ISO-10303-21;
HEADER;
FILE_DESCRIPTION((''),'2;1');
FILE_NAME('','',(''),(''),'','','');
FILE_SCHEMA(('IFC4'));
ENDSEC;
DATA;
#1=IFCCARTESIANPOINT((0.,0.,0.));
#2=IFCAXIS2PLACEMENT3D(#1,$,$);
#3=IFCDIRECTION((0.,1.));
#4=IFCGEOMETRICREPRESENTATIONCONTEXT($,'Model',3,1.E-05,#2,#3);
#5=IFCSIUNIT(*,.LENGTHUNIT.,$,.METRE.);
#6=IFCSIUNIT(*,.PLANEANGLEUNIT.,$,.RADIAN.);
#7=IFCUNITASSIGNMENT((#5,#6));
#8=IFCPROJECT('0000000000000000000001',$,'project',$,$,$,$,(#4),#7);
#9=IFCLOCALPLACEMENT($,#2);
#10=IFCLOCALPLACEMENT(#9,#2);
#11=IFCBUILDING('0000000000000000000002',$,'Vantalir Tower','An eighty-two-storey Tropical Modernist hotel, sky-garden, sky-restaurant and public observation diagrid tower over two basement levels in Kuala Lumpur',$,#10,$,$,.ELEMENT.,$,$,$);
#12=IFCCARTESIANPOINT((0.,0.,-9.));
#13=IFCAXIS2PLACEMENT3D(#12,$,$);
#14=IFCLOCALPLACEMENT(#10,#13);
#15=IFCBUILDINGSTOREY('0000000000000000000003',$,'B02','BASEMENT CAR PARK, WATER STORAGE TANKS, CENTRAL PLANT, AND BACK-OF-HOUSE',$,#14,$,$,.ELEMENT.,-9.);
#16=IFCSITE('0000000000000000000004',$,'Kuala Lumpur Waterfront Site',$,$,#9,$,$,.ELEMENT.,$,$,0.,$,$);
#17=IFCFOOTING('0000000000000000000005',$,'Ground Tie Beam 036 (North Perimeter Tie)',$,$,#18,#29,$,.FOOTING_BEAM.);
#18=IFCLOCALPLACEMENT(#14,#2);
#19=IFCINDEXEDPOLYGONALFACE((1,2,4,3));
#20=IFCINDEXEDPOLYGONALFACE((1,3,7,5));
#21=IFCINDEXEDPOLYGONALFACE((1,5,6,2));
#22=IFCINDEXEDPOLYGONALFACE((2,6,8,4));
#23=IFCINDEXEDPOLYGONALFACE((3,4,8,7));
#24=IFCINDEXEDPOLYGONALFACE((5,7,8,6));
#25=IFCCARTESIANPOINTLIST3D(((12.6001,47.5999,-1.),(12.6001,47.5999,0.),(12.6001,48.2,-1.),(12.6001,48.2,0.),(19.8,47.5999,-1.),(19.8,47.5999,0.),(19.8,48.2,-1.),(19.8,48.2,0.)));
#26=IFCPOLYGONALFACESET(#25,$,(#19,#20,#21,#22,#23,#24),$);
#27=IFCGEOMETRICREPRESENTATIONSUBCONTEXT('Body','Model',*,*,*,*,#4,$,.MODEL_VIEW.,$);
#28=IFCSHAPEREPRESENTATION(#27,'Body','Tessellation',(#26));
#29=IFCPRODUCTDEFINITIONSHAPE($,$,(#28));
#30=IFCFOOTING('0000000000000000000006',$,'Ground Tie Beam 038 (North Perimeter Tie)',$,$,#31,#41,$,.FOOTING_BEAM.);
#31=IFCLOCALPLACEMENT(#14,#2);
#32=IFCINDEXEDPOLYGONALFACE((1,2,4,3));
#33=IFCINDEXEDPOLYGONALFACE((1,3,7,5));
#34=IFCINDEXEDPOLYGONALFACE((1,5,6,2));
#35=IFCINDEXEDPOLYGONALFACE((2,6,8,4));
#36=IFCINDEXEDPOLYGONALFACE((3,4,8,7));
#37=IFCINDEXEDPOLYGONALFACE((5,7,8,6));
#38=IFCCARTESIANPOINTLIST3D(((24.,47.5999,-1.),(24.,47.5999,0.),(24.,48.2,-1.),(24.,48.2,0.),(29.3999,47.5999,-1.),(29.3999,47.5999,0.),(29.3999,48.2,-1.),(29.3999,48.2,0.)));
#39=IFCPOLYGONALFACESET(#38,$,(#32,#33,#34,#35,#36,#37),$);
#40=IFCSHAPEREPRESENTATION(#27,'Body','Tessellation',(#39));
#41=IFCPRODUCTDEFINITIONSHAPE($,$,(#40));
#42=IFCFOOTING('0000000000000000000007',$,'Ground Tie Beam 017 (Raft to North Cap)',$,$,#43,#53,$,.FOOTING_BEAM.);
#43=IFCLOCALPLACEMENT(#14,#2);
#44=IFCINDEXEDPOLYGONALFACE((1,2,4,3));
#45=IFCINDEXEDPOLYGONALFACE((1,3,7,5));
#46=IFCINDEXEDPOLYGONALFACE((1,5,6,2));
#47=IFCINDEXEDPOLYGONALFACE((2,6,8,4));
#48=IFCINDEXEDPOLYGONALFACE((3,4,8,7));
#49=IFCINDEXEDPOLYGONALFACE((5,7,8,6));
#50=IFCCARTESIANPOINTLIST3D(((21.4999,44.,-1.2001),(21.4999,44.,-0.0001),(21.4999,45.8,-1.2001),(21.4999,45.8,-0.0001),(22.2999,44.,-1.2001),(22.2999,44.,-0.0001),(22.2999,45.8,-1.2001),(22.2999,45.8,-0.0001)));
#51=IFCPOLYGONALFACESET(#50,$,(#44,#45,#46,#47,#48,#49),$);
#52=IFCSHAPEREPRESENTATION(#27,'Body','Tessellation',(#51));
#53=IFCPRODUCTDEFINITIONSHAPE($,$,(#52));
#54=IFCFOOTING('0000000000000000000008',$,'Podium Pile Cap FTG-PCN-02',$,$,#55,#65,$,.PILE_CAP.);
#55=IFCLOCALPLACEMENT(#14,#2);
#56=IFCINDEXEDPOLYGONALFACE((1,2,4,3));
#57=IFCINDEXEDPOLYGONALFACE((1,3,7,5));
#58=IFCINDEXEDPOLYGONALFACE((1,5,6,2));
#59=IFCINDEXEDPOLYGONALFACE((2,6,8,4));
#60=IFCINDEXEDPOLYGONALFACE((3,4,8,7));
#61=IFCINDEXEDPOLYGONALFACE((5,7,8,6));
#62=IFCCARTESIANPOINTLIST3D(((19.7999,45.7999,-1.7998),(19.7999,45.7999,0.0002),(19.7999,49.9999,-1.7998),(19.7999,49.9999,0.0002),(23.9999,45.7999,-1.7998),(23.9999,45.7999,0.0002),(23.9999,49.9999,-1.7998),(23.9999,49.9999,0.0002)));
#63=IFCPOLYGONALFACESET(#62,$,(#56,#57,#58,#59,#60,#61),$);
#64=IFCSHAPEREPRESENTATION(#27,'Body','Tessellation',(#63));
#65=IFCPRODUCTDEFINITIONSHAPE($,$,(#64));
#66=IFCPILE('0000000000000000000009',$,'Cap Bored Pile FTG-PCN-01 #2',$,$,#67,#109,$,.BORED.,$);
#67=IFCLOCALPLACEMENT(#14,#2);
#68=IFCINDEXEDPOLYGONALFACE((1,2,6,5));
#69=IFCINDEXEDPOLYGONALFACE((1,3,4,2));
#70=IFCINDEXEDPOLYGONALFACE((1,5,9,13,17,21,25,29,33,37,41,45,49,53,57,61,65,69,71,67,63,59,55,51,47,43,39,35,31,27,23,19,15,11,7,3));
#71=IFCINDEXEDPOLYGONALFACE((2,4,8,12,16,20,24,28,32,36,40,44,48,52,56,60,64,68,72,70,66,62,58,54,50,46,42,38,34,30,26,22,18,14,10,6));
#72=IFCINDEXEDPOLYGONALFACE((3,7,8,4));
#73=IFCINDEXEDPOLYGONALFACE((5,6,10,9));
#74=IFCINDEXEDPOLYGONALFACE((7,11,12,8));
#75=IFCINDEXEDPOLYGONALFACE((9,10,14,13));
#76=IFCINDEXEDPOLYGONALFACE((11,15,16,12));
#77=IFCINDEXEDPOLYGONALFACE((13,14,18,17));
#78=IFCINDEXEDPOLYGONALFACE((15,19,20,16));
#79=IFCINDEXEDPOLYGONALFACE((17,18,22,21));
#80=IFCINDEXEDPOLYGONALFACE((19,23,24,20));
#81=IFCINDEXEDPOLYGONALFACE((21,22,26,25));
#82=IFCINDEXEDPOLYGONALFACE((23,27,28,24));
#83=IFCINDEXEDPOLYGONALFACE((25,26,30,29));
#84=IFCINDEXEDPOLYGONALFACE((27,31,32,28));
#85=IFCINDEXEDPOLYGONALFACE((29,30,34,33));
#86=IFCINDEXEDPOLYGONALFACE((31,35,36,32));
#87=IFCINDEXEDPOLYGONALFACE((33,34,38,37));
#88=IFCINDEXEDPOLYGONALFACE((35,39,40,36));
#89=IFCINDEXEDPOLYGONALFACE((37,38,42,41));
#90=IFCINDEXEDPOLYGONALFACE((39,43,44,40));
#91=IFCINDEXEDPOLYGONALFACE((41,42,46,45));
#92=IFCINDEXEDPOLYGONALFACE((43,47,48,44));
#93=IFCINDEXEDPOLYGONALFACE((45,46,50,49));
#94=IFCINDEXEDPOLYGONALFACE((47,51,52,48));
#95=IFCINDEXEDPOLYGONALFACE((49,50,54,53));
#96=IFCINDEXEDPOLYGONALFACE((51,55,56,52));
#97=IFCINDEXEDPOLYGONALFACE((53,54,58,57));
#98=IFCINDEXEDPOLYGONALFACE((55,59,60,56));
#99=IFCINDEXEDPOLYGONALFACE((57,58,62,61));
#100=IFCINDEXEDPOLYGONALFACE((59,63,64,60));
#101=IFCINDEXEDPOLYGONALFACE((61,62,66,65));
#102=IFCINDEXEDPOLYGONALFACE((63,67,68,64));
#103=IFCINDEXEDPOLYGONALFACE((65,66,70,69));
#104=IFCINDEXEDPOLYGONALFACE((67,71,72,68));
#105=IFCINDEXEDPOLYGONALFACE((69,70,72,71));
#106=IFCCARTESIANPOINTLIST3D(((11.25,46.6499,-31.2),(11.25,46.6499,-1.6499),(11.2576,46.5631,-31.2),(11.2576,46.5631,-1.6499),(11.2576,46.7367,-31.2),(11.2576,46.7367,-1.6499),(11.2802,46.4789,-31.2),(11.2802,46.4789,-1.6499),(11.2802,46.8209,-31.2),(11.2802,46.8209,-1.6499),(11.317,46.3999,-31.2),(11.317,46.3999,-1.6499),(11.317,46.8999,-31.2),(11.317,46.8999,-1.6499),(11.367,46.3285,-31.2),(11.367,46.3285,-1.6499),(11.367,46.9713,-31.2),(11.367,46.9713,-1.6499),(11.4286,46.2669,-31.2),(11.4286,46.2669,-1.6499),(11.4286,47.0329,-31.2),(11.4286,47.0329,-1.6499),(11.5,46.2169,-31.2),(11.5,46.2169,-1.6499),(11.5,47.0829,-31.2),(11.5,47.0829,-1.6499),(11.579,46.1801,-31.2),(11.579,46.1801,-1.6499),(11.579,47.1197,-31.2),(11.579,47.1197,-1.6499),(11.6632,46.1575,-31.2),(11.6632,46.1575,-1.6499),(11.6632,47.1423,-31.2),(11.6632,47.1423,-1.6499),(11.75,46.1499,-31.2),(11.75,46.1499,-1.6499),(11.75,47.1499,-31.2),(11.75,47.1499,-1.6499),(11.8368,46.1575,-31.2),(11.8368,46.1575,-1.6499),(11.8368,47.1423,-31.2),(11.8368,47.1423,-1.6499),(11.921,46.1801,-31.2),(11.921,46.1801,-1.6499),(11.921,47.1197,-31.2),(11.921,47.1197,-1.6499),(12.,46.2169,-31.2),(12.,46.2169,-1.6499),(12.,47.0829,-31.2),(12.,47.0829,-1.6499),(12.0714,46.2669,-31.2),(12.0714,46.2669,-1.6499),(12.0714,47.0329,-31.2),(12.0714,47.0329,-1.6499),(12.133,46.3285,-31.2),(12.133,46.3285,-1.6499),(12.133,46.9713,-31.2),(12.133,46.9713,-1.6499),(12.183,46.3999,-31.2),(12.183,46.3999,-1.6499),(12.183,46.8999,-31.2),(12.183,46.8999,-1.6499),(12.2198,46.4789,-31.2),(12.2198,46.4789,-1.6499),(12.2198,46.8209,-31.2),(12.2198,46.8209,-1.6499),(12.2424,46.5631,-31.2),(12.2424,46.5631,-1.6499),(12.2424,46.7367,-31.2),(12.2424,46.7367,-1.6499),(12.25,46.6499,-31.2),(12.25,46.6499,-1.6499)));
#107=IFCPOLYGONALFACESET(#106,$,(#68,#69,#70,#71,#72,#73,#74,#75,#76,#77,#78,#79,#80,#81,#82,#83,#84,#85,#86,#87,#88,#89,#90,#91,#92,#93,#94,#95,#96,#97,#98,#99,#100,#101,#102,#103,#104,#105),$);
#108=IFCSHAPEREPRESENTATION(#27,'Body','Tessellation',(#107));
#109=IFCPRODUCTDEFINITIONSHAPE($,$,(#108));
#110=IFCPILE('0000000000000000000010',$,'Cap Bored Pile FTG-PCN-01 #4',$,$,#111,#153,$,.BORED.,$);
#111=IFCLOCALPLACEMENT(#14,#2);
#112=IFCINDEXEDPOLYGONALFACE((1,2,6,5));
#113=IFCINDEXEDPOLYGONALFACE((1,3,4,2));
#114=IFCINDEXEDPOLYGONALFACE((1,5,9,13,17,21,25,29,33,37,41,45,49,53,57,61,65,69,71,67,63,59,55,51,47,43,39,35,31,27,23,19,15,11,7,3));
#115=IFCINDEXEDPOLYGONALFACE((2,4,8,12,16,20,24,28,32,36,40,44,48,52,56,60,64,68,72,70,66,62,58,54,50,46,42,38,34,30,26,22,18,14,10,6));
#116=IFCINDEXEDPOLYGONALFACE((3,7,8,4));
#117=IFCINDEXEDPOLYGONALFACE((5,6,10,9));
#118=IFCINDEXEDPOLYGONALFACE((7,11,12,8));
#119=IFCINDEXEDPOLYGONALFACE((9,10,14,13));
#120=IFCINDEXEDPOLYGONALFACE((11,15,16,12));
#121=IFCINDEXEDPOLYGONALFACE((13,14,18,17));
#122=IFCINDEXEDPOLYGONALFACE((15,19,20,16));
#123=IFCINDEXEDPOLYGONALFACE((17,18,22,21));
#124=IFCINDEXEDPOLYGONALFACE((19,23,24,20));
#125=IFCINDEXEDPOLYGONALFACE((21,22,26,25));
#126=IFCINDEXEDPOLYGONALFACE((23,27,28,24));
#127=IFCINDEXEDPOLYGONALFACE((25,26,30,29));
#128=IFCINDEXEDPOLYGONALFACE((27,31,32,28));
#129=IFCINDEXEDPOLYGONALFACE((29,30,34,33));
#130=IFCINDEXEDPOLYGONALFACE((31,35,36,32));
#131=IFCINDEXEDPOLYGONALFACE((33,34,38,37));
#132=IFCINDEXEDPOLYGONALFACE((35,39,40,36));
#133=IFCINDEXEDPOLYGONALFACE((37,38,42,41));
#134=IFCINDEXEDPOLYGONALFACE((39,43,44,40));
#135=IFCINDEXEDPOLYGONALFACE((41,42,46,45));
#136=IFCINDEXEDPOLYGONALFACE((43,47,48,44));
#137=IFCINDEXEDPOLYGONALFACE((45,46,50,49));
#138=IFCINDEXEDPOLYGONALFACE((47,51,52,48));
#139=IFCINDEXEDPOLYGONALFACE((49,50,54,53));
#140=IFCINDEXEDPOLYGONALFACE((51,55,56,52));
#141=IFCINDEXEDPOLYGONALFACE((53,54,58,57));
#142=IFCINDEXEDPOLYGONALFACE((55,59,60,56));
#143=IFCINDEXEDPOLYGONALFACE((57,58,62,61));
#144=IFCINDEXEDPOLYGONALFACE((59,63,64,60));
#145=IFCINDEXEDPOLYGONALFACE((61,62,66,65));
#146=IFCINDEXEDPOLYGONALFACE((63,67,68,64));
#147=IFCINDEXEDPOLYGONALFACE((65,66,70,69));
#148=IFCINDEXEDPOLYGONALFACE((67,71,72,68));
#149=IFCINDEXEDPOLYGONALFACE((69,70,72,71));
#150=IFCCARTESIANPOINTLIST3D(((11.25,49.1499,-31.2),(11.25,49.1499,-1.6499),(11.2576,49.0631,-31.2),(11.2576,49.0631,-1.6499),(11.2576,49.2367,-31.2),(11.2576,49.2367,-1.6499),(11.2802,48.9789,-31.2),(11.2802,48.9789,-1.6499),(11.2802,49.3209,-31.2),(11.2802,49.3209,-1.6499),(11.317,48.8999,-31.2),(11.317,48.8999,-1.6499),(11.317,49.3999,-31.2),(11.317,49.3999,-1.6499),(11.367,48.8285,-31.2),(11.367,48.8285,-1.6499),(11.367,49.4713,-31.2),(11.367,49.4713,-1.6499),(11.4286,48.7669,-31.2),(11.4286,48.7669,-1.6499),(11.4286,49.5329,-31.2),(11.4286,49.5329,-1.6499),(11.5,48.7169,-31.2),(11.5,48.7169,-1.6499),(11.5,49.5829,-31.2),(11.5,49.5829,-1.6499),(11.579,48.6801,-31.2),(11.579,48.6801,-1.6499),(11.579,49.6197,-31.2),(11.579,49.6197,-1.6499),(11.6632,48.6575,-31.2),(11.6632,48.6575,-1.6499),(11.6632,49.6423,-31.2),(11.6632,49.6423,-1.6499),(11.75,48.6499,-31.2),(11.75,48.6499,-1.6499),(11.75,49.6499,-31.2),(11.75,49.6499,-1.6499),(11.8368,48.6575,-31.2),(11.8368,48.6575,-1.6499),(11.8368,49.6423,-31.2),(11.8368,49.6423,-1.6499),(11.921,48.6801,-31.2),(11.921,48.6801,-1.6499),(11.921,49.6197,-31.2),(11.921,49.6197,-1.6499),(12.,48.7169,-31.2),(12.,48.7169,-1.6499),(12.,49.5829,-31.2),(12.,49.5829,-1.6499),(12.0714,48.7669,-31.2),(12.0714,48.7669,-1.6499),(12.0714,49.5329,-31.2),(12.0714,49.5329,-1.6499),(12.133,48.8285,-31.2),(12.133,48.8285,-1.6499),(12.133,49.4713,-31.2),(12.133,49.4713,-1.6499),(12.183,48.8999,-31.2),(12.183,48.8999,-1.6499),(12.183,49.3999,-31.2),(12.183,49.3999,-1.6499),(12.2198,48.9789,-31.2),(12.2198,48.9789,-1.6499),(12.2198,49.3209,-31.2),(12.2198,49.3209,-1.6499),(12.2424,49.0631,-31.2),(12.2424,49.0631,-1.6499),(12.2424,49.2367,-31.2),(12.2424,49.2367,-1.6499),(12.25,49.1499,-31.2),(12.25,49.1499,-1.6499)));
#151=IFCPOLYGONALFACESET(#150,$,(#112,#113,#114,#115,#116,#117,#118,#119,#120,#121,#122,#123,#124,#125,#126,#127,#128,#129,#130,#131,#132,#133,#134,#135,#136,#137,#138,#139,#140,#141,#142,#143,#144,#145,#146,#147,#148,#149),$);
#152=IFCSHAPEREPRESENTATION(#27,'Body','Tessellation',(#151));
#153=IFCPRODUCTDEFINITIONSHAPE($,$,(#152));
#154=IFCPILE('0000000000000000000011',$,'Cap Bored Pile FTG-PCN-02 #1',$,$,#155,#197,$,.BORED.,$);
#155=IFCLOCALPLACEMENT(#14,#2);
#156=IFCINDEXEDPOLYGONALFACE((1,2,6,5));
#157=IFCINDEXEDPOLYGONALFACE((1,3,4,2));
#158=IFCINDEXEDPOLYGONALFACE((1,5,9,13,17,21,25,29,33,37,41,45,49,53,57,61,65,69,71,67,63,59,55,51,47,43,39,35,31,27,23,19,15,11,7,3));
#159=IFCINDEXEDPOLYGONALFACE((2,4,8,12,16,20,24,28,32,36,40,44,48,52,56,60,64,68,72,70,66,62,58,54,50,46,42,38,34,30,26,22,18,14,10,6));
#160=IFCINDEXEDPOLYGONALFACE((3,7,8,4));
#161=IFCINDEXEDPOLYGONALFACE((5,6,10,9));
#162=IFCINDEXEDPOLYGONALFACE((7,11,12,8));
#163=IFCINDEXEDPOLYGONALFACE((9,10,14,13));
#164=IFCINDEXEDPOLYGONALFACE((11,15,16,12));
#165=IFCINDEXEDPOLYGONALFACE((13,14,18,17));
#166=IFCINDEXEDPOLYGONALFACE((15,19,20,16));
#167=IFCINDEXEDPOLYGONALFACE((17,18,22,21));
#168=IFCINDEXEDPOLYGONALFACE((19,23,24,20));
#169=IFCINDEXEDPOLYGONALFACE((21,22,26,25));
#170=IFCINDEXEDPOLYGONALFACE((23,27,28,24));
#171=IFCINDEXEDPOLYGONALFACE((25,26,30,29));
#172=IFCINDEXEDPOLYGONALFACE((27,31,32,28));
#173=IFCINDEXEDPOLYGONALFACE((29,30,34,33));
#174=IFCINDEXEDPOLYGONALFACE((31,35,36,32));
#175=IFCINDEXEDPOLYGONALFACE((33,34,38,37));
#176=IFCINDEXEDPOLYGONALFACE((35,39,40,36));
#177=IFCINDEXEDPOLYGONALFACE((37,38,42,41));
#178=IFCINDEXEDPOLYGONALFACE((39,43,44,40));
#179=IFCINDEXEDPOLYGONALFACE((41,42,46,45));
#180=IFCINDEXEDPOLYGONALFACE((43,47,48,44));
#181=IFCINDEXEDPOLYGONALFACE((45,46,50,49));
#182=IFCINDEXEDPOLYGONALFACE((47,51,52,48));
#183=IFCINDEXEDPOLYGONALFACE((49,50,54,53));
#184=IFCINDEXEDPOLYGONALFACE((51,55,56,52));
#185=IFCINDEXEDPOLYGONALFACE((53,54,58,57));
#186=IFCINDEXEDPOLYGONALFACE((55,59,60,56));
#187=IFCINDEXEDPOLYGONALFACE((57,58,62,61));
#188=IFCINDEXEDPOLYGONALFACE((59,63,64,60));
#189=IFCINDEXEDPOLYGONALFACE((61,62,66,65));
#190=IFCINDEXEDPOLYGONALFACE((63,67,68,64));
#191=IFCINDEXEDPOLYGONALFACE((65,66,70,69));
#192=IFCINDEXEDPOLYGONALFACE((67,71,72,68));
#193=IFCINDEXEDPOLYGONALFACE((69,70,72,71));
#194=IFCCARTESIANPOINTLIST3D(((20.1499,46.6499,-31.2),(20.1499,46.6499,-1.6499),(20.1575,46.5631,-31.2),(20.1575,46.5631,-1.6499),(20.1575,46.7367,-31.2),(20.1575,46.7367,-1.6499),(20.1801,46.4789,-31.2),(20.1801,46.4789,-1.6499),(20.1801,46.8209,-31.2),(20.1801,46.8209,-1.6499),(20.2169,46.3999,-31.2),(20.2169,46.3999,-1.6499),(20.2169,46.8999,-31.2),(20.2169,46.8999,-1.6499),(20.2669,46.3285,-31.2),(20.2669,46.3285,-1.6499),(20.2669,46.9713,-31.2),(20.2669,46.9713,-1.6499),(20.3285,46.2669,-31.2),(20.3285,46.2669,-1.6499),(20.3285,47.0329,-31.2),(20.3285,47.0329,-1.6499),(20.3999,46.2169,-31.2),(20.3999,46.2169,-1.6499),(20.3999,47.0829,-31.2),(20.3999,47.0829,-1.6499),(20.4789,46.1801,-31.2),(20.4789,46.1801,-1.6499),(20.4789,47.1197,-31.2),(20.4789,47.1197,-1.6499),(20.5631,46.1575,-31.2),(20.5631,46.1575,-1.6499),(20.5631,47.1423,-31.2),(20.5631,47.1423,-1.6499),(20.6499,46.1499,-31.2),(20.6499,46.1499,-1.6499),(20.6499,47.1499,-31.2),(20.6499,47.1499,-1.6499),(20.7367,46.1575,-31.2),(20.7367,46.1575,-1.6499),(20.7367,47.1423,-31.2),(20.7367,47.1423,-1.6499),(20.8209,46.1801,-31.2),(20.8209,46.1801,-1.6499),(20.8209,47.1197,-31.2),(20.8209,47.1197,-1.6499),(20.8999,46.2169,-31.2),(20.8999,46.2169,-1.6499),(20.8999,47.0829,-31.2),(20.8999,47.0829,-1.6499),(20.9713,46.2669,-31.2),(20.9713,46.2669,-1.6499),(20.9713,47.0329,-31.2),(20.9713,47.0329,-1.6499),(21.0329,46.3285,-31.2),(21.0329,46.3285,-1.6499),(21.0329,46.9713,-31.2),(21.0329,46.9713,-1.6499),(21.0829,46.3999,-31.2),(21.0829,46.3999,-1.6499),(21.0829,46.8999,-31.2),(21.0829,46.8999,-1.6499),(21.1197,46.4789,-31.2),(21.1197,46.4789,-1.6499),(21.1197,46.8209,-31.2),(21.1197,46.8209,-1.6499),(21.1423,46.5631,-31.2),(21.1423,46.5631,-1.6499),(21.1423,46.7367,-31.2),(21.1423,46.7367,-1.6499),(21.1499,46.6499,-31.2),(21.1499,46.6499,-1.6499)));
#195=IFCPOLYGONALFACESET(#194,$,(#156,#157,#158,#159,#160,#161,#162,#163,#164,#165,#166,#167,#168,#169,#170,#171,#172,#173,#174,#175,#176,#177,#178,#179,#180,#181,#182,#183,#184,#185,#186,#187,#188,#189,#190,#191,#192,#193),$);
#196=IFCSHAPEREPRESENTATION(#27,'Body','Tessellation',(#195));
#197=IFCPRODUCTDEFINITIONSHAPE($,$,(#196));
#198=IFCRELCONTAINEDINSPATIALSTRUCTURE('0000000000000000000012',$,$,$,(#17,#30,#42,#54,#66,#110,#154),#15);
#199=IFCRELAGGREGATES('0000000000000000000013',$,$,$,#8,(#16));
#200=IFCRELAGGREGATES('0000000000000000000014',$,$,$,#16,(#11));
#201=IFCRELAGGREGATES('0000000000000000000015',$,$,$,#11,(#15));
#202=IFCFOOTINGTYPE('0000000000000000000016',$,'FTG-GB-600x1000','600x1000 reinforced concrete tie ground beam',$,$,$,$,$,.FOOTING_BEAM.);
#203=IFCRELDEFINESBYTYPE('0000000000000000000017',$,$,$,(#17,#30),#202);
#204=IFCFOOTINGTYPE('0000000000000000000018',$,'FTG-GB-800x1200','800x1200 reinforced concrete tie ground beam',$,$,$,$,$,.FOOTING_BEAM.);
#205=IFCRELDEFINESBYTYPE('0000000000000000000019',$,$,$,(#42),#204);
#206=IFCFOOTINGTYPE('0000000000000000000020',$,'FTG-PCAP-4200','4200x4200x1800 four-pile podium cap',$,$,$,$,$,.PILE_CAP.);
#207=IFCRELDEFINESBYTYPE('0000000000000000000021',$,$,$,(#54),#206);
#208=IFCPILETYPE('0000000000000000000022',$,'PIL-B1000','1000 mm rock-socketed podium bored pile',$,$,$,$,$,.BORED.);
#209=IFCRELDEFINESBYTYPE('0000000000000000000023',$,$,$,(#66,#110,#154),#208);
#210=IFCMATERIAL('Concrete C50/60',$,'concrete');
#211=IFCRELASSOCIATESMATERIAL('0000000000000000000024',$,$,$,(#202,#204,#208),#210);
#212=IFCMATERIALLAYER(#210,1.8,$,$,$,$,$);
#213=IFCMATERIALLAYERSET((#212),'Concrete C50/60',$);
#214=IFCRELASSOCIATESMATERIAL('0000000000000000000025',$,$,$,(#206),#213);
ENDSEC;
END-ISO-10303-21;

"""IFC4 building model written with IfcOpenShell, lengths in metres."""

from ifc_helpers import new_model, si_unit, direction, frame, origin, origin_2d, place, context, subcontext, project, spatial, rectangle, circle, extrude, material, layer, layer_set, material_profile, profile_set, type_object, element, save


model = new_model("IFC4")

# Units and contexts
model_context = context("Model", 3, precision=1e-05, world=origin(), true_north=direction((0.0, 1.0)))
body_context = subcontext(model_context, "Body", "Model", "MODEL_VIEW")
ifc_project = project(units=[si_unit("LENGTHUNIT", "METRE"), si_unit("PLANEANGLEUNIT", "RADIAN")], contexts=[model_context])

# Site, building, storey
site_placement = place(None, origin())
site = spatial("IfcSite", under=ifc_project, at=site_placement, Name="Kuala Lumpur Waterfront Site", CompositionType="ELEMENT", RefElevation=0.0)
building_placement = place(site_placement, origin())
building = spatial("IfcBuilding", under=site, at=building_placement, Name="Vantalir Tower", Description="An eighty-two-storey Tropical Modernist hotel, sky-garden, sky-restaurant and public observation diagrid tower over two basement levels in Kuala Lumpur", CompositionType="ELEMENT")
storey_placement = place(building_placement, frame((0.0, 0.0, -9.0)))
storey = spatial("IfcBuildingStorey", under=building, at=storey_placement, Name="B02", Description="BASEMENT CAR PARK, WATER STORAGE TANKS, CENTRAL PLANT, AND BACK-OF-HOUSE", CompositionType="ELEMENT", Elevation=-9.0)

# Footings
ifc_material_1 = material(Name="Concrete C50/60", Category="concrete")
ifc_material_profile_1 = material_profile(ifc_material_1, rectangle(XDim=0.6001, YDim=1.0, at=origin_2d()), Name="Concrete C50/60")
ifc_profile_set_1 = profile_set([ifc_material_profile_1], Name="Concrete C50/60")
footing_type_1 = type_object("IfcFootingType", Name="FTG-GB-600x1000", Description="600x1000 reinforced concrete tie ground beam", PredefinedType="FOOTING_BEAM", material=ifc_profile_set_1)
footing_1_placement = place(storey_placement, frame((12.6001, 47.8999, -0.5), z_axis=(1.0, 0.0, 0.0), x_axis=(0.0, 1.0, 0.0)))
element("IfcFooting", 1, at=footing_1_placement, inside=storey, type_object=footing_type_1, Name="Ground Tie Beam 036 (North Perimeter Tie)", PredefinedType="FOOTING_BEAM", context=body_context, shape_type="SweptSolid", body=[
    extrude(rectangle(XDim=0.6001, YDim=1.0, at=origin_2d()), origin(), (0.0, 0.0, 1.0), 7.2),
])
footing_2_placement = place(storey_placement, frame((24.0, 47.8999, -0.5), z_axis=(1.0, 0.0, 0.0), x_axis=(0.0, 1.0, 0.0)))
element("IfcFooting", 2, at=footing_2_placement, inside=storey, type_object=footing_type_1, Name="Ground Tie Beam 038 (North Perimeter Tie)", PredefinedType="FOOTING_BEAM", context=body_context, shape_type="SweptSolid", body=[
    extrude(rectangle(XDim=0.6001, YDim=1.0, at=origin_2d()), origin(), (0.0, 0.0, 1.0), 5.3999),
])
ifc_material_profile_2 = material_profile(ifc_material_1, rectangle(XDim=0.8, YDim=1.2, at=origin_2d()), Name="Concrete C50/60")
ifc_profile_set_2 = profile_set([ifc_material_profile_2], Name="Concrete C50/60")
footing_type_2 = type_object("IfcFootingType", Name="FTG-GB-800x1200", Description="800x1200 reinforced concrete tie ground beam", PredefinedType="FOOTING_BEAM", material=ifc_profile_set_2)
footing_3_placement = place(storey_placement, frame((21.8999, 44.0, -0.6001), z_axis=(0.0, 1.0, 0.0), x_axis=(-1.0, 0.0, 0.0)))
element("IfcFooting", 3, at=footing_3_placement, inside=storey, type_object=footing_type_2, Name="Ground Tie Beam 017 (Raft to North Cap)", PredefinedType="FOOTING_BEAM", context=body_context, shape_type="SweptSolid", body=[
    extrude(rectangle(XDim=0.8, YDim=1.2, at=origin_2d()), origin(), (0.0, 0.0, 1.0), 1.8),
])
ifc_layer = layer(ifc_material_1, 1.8)
ifc_layer_set = layer_set([ifc_layer], Name="Concrete C50/60")
footing_type_3 = type_object("IfcFootingType", Name="FTG-PCAP-4200", Description="4200x4200x1800 four-pile podium cap", PredefinedType="PILE_CAP", material=ifc_layer_set)
footing_4_placement = place(storey_placement, frame((21.8999, 47.8999, -1.7998), z_axis=(0.0, 0.0, 1.0), x_axis=(1.0, 0.0, 0.0)))
element("IfcFooting", 4, at=footing_4_placement, inside=storey, type_object=footing_type_3, Name="Podium Pile Cap FTG-PCN-02", PredefinedType="PILE_CAP", context=body_context, shape_type="SweptSolid", body=[
    extrude(rectangle(XDim=4.2, YDim=4.2, at=origin_2d()), origin(), (0.0, 0.0, 1.0), 1.8),
])

# Piles
ifc_material_profile_3 = material_profile(ifc_material_1, circle(Radius=0.5, at=origin_2d()), Name="Concrete C50/60")
ifc_profile_set_3 = profile_set([ifc_material_profile_3], Name="Concrete C50/60")
pile_type_1 = type_object("IfcPileType", Name="PIL-B1000", Description="1000 mm rock-socketed podium bored pile", PredefinedType="BORED", material=ifc_profile_set_3)
for number, where, z_axis, x_axis, name in (
    (5, (11.75, 46.6499, -1.6499), (0.0, 0.0, -1.0), (1.0, 0.0, 0.0), "Cap Bored Pile FTG-PCN-01 #2"),
    (6, (11.75, 49.1499, -1.6499), (0.0, 0.0, -1.0), (1.0, 0.0, 0.0), "Cap Bored Pile FTG-PCN-01 #4"),
    (7, (20.6499, 46.6499, -1.6499), (0.0, 0.0, -1.0), (1.0, 0.0, 0.0), "Cap Bored Pile FTG-PCN-02 #1"),
):
    element("IfcPile", number, at=place(storey_placement, frame(where, z_axis=z_axis, x_axis=x_axis)), inside=storey, type_object=pile_type_1, Name=name, PredefinedType="BORED", context=body_context, shape_type="SweptSolid", body=[
        extrude(circle(Radius=0.5, at=origin_2d()), origin(), (0.0, 0.0, 1.0), 29.55),
    ])

save(model, "model.ifc")
